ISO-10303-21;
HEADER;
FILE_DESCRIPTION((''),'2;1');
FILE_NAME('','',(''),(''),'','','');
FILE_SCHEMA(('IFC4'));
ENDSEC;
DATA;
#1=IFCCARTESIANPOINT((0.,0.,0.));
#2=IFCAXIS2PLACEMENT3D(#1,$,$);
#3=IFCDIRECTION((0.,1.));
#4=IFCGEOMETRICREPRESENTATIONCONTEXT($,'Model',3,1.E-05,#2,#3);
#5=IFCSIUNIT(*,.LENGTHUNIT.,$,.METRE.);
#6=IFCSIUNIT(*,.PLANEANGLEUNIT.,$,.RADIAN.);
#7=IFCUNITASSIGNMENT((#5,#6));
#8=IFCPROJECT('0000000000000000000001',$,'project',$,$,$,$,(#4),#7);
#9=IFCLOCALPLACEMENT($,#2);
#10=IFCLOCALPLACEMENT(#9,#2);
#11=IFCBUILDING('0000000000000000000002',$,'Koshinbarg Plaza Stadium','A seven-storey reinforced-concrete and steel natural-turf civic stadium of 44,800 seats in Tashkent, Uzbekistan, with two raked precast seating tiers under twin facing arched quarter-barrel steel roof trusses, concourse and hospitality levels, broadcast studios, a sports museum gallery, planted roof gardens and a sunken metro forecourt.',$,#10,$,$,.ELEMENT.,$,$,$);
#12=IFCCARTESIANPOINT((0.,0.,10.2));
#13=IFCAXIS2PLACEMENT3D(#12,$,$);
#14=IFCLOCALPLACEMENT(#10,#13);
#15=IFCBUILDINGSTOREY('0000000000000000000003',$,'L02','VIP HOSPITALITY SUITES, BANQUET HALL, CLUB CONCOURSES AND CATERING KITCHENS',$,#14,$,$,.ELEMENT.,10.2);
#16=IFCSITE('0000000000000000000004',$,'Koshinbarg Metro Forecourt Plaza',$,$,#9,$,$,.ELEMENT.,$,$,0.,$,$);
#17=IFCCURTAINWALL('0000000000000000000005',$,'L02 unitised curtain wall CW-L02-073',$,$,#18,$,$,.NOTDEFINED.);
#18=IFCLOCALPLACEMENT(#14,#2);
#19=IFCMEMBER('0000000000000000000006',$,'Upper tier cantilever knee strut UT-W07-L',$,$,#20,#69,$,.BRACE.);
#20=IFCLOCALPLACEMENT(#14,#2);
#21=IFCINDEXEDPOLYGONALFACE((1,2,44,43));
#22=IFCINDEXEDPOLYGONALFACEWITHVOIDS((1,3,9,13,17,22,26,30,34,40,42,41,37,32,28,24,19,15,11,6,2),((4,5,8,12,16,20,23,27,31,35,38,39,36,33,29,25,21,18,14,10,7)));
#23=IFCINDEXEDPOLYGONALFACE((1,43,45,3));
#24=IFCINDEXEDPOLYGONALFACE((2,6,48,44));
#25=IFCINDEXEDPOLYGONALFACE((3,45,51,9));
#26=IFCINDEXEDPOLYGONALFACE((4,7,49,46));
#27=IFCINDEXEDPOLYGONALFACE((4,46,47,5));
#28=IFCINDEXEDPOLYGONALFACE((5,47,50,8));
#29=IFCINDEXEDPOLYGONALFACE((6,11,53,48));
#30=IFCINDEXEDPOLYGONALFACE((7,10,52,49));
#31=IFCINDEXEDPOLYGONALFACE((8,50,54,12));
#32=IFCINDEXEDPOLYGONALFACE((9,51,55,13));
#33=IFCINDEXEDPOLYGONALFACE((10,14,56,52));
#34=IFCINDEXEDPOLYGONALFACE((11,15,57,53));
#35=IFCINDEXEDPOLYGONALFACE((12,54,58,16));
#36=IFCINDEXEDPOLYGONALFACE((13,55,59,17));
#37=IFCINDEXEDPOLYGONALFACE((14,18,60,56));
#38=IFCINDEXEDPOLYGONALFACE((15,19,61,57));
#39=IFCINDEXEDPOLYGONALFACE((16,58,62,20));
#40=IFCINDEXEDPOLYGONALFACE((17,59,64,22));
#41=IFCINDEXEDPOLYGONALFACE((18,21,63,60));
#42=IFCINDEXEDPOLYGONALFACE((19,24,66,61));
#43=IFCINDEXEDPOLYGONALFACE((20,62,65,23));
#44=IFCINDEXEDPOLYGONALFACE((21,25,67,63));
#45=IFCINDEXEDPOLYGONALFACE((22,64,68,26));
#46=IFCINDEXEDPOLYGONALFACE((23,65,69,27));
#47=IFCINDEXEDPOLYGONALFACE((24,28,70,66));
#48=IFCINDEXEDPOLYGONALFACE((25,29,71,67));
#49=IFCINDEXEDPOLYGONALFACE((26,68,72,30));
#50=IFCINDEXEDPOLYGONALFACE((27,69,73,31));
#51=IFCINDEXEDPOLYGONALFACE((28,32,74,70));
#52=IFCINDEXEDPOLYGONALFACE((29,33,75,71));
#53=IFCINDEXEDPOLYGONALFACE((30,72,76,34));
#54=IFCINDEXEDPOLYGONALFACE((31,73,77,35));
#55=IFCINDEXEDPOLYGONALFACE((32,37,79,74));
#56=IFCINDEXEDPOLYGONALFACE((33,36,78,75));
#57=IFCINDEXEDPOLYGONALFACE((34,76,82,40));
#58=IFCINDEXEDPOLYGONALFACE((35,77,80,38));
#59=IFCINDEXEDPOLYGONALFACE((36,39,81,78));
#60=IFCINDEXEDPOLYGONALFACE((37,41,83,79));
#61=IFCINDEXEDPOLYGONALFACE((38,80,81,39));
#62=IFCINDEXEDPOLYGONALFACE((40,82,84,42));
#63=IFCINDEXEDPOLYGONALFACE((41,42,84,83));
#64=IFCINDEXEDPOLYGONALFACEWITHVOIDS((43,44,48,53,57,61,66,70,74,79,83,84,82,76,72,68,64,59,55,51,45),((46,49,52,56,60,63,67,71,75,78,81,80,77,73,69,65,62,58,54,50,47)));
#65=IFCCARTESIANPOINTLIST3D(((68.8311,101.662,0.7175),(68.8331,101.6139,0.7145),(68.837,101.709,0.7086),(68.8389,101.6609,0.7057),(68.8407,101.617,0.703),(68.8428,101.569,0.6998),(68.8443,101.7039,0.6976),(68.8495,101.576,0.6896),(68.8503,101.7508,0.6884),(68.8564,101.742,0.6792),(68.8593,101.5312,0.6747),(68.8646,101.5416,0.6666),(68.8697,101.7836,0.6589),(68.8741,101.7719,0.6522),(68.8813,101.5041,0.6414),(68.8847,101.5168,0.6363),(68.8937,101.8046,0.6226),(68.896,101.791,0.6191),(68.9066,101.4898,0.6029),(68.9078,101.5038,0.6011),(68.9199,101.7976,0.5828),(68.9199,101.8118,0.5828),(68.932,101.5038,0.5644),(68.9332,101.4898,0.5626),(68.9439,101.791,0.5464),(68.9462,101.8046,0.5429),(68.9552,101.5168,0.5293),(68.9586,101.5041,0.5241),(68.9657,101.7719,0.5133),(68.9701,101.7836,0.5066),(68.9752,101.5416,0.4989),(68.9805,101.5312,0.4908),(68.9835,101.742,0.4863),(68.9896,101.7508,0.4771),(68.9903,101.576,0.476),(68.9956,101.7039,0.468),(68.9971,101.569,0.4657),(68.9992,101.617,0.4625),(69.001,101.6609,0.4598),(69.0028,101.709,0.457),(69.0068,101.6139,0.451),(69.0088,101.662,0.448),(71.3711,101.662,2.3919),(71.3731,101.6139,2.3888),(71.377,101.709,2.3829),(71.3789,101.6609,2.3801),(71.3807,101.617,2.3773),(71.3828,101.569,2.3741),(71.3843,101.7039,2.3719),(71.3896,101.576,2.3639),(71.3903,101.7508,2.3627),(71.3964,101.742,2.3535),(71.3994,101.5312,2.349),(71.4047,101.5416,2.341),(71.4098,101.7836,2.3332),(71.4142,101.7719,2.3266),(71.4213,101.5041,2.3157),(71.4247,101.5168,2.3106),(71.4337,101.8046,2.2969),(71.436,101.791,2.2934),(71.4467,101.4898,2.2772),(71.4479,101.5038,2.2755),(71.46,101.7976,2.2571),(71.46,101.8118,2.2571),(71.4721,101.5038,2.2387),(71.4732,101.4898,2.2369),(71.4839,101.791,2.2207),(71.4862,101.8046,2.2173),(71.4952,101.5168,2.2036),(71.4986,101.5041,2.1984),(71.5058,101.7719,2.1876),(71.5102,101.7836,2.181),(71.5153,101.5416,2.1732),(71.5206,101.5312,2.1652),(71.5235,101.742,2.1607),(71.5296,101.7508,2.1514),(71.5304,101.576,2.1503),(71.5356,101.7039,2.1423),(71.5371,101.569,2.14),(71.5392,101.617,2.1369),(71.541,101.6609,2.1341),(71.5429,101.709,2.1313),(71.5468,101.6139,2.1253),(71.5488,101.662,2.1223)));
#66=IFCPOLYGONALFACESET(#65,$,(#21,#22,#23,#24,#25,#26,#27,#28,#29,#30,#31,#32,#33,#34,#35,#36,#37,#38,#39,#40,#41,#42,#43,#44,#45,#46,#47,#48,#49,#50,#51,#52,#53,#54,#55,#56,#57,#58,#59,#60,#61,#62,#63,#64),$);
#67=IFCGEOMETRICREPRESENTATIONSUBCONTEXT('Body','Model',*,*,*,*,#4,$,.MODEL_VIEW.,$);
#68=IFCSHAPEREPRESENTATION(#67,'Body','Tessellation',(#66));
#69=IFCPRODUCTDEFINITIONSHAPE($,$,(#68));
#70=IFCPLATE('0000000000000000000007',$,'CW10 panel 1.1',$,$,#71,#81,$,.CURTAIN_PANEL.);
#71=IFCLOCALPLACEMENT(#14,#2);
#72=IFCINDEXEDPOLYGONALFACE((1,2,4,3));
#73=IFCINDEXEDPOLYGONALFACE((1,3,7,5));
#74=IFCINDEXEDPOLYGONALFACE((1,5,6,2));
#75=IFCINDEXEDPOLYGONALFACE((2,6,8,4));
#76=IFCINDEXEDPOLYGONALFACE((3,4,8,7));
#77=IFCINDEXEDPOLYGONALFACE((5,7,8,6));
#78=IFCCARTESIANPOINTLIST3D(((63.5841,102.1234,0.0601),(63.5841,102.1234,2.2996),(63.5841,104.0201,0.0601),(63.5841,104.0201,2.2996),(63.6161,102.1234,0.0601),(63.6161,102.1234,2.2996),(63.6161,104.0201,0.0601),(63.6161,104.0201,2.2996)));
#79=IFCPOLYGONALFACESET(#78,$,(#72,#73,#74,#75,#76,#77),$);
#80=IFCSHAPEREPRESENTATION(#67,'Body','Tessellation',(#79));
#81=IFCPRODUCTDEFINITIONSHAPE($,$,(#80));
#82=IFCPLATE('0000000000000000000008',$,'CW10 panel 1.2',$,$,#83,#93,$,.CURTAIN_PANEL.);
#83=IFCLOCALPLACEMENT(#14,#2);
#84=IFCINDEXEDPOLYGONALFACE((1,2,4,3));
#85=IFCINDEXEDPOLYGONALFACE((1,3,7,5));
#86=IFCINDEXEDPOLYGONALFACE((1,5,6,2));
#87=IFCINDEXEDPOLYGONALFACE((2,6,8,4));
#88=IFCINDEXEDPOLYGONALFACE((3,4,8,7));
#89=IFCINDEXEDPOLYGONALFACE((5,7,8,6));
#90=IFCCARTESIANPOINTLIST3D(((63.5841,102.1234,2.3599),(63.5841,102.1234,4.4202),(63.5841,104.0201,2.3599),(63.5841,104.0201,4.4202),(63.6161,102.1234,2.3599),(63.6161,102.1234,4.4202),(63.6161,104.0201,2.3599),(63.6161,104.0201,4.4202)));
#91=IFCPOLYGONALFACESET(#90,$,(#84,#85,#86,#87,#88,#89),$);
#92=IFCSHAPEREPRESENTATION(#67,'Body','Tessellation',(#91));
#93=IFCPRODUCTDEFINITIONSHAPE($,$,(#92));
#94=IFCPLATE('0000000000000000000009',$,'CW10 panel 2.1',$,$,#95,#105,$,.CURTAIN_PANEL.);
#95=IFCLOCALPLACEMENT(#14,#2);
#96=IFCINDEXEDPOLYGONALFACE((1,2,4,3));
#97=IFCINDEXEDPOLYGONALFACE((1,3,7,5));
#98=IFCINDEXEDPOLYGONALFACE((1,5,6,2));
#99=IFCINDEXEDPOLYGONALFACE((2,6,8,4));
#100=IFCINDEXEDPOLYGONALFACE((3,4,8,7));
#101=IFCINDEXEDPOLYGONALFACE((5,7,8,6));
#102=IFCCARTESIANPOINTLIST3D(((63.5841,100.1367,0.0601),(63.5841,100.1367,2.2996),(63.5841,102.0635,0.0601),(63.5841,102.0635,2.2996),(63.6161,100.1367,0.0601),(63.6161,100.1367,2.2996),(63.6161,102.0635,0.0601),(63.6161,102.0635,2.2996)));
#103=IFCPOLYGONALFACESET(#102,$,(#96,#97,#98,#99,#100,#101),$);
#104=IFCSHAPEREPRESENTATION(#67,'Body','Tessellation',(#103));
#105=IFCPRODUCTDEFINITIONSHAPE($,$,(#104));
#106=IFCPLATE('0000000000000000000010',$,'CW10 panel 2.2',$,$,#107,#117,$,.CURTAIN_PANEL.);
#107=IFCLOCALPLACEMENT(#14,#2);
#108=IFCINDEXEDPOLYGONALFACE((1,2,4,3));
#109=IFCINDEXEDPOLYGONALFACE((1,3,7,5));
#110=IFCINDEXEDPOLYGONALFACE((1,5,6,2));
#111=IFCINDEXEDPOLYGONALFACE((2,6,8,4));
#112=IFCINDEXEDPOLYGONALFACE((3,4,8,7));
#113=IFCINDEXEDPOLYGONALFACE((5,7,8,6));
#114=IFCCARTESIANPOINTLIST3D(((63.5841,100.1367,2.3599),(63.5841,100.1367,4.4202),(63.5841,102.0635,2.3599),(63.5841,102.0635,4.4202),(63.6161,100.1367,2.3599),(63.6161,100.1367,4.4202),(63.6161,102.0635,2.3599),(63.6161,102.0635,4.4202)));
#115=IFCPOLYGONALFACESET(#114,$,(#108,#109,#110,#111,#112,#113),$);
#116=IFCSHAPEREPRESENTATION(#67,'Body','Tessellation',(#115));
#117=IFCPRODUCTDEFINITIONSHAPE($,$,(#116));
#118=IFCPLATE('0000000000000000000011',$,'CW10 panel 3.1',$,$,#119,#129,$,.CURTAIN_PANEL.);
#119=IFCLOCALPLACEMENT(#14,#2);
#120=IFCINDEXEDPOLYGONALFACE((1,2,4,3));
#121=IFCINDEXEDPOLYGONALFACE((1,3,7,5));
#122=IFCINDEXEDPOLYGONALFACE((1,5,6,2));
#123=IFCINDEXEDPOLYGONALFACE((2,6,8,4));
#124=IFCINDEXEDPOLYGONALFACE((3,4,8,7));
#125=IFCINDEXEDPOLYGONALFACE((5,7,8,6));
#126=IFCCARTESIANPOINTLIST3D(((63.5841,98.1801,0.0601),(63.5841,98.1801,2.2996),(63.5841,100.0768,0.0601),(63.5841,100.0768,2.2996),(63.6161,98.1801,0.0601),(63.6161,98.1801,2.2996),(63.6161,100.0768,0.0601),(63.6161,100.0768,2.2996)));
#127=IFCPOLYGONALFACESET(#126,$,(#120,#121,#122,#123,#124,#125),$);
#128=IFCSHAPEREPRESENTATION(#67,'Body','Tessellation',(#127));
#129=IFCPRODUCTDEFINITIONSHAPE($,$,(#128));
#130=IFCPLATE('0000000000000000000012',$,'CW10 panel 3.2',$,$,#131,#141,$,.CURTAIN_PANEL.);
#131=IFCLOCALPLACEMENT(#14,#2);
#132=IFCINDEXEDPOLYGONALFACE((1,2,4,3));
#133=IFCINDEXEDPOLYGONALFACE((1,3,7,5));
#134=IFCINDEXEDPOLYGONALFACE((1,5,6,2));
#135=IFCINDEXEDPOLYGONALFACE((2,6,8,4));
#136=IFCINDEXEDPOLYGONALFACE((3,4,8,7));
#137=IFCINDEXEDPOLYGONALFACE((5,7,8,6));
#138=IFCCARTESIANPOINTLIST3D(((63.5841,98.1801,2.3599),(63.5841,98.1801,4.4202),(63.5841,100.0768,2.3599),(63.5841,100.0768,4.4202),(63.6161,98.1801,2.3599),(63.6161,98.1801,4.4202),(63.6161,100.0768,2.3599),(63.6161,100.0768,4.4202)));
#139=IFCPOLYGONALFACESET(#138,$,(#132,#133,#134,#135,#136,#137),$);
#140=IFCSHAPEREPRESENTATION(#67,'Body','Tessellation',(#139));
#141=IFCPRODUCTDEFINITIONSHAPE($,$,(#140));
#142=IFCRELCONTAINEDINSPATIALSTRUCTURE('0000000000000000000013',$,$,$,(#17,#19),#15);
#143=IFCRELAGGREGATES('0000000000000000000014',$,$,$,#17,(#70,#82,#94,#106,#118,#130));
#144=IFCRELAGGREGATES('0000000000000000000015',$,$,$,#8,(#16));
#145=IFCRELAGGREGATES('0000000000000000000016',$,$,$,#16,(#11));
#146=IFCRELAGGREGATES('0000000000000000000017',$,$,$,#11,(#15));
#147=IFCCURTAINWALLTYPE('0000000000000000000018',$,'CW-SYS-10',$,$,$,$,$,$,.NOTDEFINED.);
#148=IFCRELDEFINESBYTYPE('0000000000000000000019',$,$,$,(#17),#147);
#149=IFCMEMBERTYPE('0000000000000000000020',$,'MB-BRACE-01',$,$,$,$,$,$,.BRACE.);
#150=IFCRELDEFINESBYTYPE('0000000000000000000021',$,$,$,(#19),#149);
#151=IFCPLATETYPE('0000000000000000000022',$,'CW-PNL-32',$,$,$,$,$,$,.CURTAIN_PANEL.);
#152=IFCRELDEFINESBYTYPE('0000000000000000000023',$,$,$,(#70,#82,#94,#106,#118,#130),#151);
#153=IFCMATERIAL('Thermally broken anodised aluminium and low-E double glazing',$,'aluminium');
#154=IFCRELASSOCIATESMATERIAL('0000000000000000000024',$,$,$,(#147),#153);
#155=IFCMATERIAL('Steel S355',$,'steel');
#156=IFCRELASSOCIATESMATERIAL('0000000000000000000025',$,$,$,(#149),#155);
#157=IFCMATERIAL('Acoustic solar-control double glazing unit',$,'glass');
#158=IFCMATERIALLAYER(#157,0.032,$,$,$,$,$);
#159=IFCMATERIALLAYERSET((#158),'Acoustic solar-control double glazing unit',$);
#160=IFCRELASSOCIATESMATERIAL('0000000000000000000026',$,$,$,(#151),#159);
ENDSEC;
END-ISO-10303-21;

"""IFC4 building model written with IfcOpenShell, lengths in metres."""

from ifc_helpers import new_model, si_unit, direction, frame, origin, origin_2d, place, context, subcontext, project, spatial, rectangle, hollow_circle, extrude, material, layer, layer_set, material_profile, profile_set, type_object, element, aggregate, save


model = new_model("IFC4")

# Units and contexts
model_context = context("Model", 3, precision=1e-05, world=origin(), true_north=direction((0.0, 1.0)))
body_context = subcontext(model_context, "Body", "Model", "MODEL_VIEW")
ifc_project = project(units=[si_unit("LENGTHUNIT", "METRE"), si_unit("PLANEANGLEUNIT", "RADIAN")], contexts=[model_context])

# Site, building, storey
site_placement = place(None, origin())
site = spatial("IfcSite", under=ifc_project, at=site_placement, Name="Koshinbarg Metro Forecourt Plaza", CompositionType="ELEMENT", RefElevation=0.0)
building_placement = place(site_placement, origin())
building = spatial("IfcBuilding", under=site, at=building_placement, Name="Koshinbarg Plaza Stadium", Description="A seven-storey reinforced-concrete and steel natural-turf civic stadium of 44,800 seats in Tashkent, Uzbekistan, with two raked precast seating tiers under twin facing arched quarter-barrel steel roof trusses, concourse and hospitality levels, broadcast studios, a sports museum gallery, planted roof gardens and a sunken metro forecourt.", CompositionType="ELEMENT")
storey_placement = place(building_placement, frame((0.0, 0.0, 10.2)))
storey = spatial("IfcBuildingStorey", under=building, at=storey_placement, Name="L02", Description="VIP HOSPITALITY SUITES, BANQUET HALL, CLUB CONCOURSES AND CATERING KITCHENS", CompositionType="ELEMENT", Elevation=10.2)

# Curtain wall
ifc_material_1 = material(Name="Thermally broken anodised aluminium and low-E double glazing", Category="aluminium")
curtain_wall_type_1 = type_object("IfcCurtainWallType", Name="CW-SYS-10", PredefinedType="NOTDEFINED", material=ifc_material_1)
curtain_wall_1_placement = place(storey_placement, origin())
curtain_wall_1 = element("IfcCurtainWall", 1, at=curtain_wall_1_placement, inside=storey, type_object=curtain_wall_type_1, Name="L02 unitised curtain wall CW-L02-073", PredefinedType="NOTDEFINED")

# Member
ifc_material_2 = material(Name="Steel S355", Category="steel")
ifc_material_profile_1 = material_profile(ifc_material_2, hollow_circle(Radius=0.1619, WallThickness=0.0142, at=origin_2d()), Name="CHS 323.9x14.2")
ifc_profile_set_1 = profile_set([ifc_material_profile_1], Name="Steel S355")
member_type_1 = type_object("IfcMemberType", Name="MB-BRACE-01", PredefinedType="BRACE", material=ifc_profile_set_1)
for number, where, z_axis, x_axis, name in (
    (2, (68.9199, 101.6499, 0.5828), (0.834928, 0.0, 0.550359), (0.0, 1.0, 0.0), "Upper tier cantilever knee strut UT-W07-L"),
):
    element("IfcMember", number, at=place(storey_placement, frame(where, z_axis=z_axis, x_axis=x_axis)), inside=storey, type_object=member_type_1, Name=name, PredefinedType="BRACE", context=body_context, shape_type="SweptSolid", body=[
        extrude(hollow_circle(Radius=0.1619, WallThickness=0.0142, at=origin_2d()), origin(), (0.0, 0.0, 1.0), 3.0422),
    ])

# Plates
ifc_material_3 = material(Name="Acoustic solar-control double glazing unit", Category="glass")
ifc_layer = layer(ifc_material_3, 0.032)
ifc_layer_set = layer_set([ifc_layer], Name="Acoustic solar-control double glazing unit")
plate_type = type_object("IfcPlateType", Name="CW-PNL-32", PredefinedType="CURTAIN_PANEL", material=ifc_layer_set)
plate_1_placement = place(storey_placement, frame((63.6001, 103.0718, 0.0601), z_axis=(0.0, 0.0, 1.0), x_axis=(0.0, -1.0, 0.0)))
plate_1 = element("IfcPlate", 3, at=plate_1_placement, type_object=plate_type, Name="CW10 panel 1.1", PredefinedType="CURTAIN_PANEL", context=body_context, shape_type="SweptSolid", body=[
    extrude(rectangle(XDim=1.8967, YDim=0.032, at=origin_2d()), origin(), (0.0, 0.0, 1.0), 2.2395),
])
plate_2_placement = place(storey_placement, frame((63.6001, 103.0718, 2.3599), z_axis=(0.0, 0.0, 1.0), x_axis=(0.0, -1.0, 0.0)))
plate_2 = element("IfcPlate", 4, at=plate_2_placement, type_object=plate_type, Name="CW10 panel 1.2", PredefinedType="CURTAIN_PANEL", context=body_context, shape_type="SweptSolid", body=[
    extrude(rectangle(XDim=1.8967, YDim=0.032, at=origin_2d()), origin(), (0.0, 0.0, 1.0), 2.0603),
])
plate_3_placement = place(storey_placement, frame((63.6001, 101.1001, 0.0601), z_axis=(0.0, 0.0, 1.0), x_axis=(0.0, -1.0, 0.0)))
plate_3 = element("IfcPlate", 5, at=plate_3_placement, type_object=plate_type, Name="CW10 panel 2.1", PredefinedType="CURTAIN_PANEL", context=body_context, shape_type="SweptSolid", body=[
    extrude(rectangle(XDim=1.9268, YDim=0.032, at=origin_2d()), origin(), (0.0, 0.0, 1.0), 2.2395),
])
plate_4_placement = place(storey_placement, frame((63.6001, 101.1001, 2.3599), z_axis=(0.0, 0.0, 1.0), x_axis=(0.0, -1.0, 0.0)))
plate_4 = element("IfcPlate", 6, at=plate_4_placement, type_object=plate_type, Name="CW10 panel 2.2", PredefinedType="CURTAIN_PANEL", context=body_context, shape_type="SweptSolid", body=[
    extrude(rectangle(XDim=1.9268, YDim=0.032, at=origin_2d()), origin(), (0.0, 0.0, 1.0), 2.0603),
])
plate_5_placement = place(storey_placement, frame((63.6001, 99.1284, 0.0601), z_axis=(0.0, 0.0, 1.0), x_axis=(0.0, -1.0, 0.0)))
plate_5 = element("IfcPlate", 7, at=plate_5_placement, type_object=plate_type, Name="CW10 panel 3.1", PredefinedType="CURTAIN_PANEL", context=body_context, shape_type="SweptSolid", body=[
    extrude(rectangle(XDim=1.8967, YDim=0.032, at=origin_2d()), origin(), (0.0, 0.0, 1.0), 2.2395),
])
plate_6_placement = place(storey_placement, frame((63.6001, 99.1284, 2.3599), z_axis=(0.0, 0.0, 1.0), x_axis=(0.0, -1.0, 0.0)))
plate_6 = element("IfcPlate", 8, at=plate_6_placement, type_object=plate_type, Name="CW10 panel 3.2", PredefinedType="CURTAIN_PANEL", context=body_context, shape_type="SweptSolid", body=[
    extrude(rectangle(XDim=1.8967, YDim=0.032, at=origin_2d()), origin(), (0.0, 0.0, 1.0), 2.0603),
])
aggregate(curtain_wall_1, [plate_1, plate_2, plate_3, plate_4, plate_5, plate_6])

save(model, "model.ifc")
